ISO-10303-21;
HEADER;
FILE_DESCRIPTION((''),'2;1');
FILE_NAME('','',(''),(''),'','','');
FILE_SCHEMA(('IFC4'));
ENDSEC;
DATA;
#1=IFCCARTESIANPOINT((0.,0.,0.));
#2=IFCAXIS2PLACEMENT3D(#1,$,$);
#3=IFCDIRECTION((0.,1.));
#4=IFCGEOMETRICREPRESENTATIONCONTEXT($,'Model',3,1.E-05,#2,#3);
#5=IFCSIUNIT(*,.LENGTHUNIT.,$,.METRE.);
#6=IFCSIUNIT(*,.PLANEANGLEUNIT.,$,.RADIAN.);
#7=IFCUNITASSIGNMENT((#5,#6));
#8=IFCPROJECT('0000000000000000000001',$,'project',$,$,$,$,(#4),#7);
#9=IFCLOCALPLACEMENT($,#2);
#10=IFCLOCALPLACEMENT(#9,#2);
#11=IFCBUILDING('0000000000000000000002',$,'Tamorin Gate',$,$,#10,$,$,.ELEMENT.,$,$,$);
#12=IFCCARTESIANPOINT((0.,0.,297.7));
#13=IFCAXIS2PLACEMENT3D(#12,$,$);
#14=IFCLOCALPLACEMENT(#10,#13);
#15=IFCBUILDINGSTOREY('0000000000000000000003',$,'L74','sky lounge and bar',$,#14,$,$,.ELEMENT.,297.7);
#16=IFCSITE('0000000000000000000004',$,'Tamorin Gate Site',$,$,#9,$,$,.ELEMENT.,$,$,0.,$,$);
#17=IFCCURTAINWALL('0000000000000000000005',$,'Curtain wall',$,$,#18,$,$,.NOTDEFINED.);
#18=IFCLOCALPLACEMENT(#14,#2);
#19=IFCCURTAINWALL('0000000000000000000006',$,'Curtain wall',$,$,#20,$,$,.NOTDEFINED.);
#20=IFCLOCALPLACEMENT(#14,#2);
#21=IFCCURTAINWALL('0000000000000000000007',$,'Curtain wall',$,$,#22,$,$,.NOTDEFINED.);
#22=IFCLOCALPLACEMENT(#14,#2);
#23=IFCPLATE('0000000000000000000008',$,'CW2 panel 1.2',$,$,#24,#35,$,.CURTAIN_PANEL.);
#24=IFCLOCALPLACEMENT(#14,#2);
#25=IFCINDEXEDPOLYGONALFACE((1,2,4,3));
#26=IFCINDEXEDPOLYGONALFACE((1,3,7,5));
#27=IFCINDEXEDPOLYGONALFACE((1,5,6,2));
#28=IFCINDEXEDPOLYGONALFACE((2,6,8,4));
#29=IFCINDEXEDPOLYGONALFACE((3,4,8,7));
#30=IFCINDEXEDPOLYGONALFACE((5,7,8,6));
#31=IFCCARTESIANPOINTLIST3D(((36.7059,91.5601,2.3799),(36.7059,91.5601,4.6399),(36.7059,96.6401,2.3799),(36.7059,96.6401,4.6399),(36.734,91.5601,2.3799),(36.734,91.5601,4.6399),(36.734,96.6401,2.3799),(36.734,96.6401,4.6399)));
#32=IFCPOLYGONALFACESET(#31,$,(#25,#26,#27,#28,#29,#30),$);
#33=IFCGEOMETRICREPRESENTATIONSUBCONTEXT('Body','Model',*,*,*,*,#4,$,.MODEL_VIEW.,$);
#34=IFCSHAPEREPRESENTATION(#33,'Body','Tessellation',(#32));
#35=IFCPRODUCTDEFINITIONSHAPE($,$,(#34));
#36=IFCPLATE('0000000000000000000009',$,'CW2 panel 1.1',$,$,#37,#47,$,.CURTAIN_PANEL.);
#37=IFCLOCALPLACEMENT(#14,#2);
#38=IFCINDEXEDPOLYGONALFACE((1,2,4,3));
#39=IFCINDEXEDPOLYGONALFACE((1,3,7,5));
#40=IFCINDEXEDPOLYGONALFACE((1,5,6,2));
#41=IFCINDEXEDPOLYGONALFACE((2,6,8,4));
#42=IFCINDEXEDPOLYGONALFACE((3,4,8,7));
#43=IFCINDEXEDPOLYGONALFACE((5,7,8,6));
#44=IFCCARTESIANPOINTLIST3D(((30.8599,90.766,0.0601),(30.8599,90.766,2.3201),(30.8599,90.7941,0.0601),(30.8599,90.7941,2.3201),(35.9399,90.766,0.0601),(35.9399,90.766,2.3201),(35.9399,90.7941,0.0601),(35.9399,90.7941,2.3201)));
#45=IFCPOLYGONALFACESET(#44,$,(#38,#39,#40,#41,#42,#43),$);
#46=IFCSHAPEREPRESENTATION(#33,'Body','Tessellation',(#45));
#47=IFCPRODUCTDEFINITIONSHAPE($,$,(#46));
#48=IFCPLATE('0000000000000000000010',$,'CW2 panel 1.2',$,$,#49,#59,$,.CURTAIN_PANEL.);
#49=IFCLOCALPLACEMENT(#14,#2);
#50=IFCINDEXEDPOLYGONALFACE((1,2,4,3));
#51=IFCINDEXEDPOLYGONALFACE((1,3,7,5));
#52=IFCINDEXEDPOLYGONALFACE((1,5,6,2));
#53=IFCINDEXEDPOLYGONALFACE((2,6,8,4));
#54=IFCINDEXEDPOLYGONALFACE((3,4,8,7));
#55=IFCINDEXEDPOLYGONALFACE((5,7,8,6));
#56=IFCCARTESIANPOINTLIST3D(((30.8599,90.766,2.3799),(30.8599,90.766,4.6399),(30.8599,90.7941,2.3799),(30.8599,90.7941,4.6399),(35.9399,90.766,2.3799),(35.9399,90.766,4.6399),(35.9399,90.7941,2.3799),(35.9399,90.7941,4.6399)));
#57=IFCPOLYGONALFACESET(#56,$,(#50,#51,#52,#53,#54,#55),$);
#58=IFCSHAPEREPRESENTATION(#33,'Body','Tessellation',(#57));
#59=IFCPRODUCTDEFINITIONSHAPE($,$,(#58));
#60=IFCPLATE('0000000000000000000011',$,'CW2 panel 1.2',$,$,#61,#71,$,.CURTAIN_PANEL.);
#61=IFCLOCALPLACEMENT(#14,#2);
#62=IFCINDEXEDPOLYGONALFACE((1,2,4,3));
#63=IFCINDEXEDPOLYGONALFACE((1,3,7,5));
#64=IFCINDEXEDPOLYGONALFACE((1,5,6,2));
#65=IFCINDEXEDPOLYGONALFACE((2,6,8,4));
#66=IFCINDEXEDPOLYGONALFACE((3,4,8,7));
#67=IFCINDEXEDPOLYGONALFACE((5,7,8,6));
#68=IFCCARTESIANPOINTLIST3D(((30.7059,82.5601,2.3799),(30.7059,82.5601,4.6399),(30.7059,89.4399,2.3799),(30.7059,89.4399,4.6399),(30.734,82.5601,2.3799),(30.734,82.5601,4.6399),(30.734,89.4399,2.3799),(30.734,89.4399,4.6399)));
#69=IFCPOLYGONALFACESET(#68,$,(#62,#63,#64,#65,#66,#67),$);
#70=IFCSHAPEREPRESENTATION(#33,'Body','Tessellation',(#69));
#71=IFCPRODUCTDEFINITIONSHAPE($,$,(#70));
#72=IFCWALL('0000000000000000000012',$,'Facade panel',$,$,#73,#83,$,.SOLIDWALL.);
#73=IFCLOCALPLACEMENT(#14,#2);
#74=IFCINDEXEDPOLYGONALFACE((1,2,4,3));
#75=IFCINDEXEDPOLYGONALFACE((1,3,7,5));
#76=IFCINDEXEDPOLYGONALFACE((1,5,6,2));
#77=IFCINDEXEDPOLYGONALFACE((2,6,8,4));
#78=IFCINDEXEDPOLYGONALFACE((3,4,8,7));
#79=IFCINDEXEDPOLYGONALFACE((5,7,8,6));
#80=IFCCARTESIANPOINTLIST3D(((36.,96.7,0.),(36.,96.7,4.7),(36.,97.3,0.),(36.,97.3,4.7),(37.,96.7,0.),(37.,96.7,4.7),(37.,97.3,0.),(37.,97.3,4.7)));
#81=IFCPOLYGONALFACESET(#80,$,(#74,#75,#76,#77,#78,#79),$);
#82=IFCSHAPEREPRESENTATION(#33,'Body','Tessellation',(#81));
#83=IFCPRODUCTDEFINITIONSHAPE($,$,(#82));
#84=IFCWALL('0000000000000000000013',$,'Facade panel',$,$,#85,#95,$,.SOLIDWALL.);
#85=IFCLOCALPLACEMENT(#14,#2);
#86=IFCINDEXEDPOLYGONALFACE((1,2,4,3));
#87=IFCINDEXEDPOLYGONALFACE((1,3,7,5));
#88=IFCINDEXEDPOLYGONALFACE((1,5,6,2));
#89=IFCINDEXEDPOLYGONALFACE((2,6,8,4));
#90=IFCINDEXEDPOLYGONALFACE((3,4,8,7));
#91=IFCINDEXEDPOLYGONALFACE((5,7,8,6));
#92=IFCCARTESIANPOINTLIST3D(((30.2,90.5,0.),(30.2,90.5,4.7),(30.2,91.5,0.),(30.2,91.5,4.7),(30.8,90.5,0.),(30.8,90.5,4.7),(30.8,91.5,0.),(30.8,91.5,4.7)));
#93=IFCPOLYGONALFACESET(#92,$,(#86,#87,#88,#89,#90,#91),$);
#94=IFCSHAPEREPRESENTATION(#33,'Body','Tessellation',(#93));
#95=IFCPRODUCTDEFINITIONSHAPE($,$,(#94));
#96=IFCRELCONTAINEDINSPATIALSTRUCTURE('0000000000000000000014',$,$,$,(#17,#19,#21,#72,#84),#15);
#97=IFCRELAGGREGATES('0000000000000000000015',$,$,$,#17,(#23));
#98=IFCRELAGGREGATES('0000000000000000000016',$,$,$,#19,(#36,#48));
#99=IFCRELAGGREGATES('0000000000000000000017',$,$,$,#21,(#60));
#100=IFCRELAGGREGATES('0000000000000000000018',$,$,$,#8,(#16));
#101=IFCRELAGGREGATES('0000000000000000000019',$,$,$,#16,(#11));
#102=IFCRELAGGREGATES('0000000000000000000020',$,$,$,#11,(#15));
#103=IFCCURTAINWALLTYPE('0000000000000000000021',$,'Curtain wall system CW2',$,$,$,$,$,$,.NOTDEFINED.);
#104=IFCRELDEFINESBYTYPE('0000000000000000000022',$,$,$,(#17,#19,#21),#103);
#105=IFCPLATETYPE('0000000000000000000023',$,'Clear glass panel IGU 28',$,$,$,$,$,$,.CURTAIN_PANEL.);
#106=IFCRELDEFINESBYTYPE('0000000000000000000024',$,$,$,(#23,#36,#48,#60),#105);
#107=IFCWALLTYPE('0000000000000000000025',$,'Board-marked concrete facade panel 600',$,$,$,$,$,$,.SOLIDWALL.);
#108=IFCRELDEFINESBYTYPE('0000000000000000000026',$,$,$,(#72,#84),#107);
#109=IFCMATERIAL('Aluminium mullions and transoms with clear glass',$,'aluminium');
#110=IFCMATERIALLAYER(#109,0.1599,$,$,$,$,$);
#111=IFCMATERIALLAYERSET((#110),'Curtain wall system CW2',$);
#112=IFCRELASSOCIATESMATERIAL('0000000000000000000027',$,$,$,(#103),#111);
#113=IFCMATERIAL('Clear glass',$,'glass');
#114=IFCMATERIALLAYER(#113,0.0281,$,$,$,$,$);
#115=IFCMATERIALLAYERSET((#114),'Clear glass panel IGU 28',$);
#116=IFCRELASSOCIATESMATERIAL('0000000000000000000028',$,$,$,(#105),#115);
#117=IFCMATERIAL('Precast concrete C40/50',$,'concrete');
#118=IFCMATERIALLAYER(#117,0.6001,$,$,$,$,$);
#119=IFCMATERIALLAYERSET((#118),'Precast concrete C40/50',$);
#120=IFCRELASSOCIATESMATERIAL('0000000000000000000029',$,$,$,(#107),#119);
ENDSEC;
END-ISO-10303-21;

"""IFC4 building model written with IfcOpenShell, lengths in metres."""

from ifc_helpers import new_model, si_unit, direction, frame, frame_2d, origin, origin_2d, place, context, subcontext, project, spatial, rectangle, extrude, material, layer, layer_set, type_object, element, aggregate, save


model = new_model("IFC4")

# Units and contexts
model_context = context("Model", 3, precision=1e-05, world=origin(), true_north=direction((0.0, 1.0)))
body_context = subcontext(model_context, "Body", "Model", "MODEL_VIEW")
ifc_project = project(units=[si_unit("LENGTHUNIT", "METRE"), si_unit("PLANEANGLEUNIT", "RADIAN")], contexts=[model_context])

# Site, building, storey
site_placement = place(None, origin())
site = spatial("IfcSite", under=ifc_project, at=site_placement, Name="Tamorin Gate Site", CompositionType="ELEMENT", RefElevation=0.0)
building_placement = place(site_placement, origin())
building = spatial("IfcBuilding", under=site, at=building_placement, Name="Tamorin Gate", CompositionType="ELEMENT")
storey_placement = place(building_placement, frame((0.0, 0.0, 297.7)))
storey = spatial("IfcBuildingStorey", under=building, at=storey_placement, Name="L74", Description="sky lounge and bar", CompositionType="ELEMENT", Elevation=297.7)

# Shared definitions
ifc_material_1 = material(Name="Aluminium mullions and transoms with clear glass", Category="aluminium")
ifc_layer_1 = layer(ifc_material_1, 0.1599)
ifc_layer_set_1 = layer_set([ifc_layer_1], Name="Curtain wall system CW2")
curtain_wall_type = type_object("IfcCurtainWallType", Name="Curtain wall system CW2", PredefinedType="NOTDEFINED", material=ifc_layer_set_1)

# Curtain walls
curtain_wall_1_placement = place(storey_placement, origin())
curtain_wall_1 = element("IfcCurtainWall", 1, at=curtain_wall_1_placement, inside=storey, type_object=curtain_wall_type, Name="Curtain wall", PredefinedType="NOTDEFINED")
curtain_wall_2_placement = place(storey_placement, origin())
curtain_wall_2 = element("IfcCurtainWall", 2, at=curtain_wall_2_placement, inside=storey, type_object=curtain_wall_type, Name="Curtain wall", PredefinedType="NOTDEFINED")

# Curtain wall
curtain_wall_3_placement = place(storey_placement, origin())
curtain_wall_3 = element("IfcCurtainWall", 3, at=curtain_wall_3_placement, inside=storey, type_object=curtain_wall_type, Name="Curtain wall", PredefinedType="NOTDEFINED")

# Plates
ifc_material_2 = material(Name="Clear glass", Category="glass")
ifc_layer_2 = layer(ifc_material_2, 0.0281)
ifc_layer_set_2 = layer_set([ifc_layer_2], Name="Clear glass panel IGU 28")
plate_type = type_object("IfcPlateType", Name="Clear glass panel IGU 28", PredefinedType="CURTAIN_PANEL", material=ifc_layer_set_2)
plate_1_placement = place(storey_placement, frame((36.72, 94.1001, 2.3799), z_axis=(0.0, 0.0, 1.0), x_axis=(0.0, -1.0, 0.0)))
plate_1 = element("IfcPlate", 4, at=plate_1_placement, type_object=plate_type, Name="CW2 panel 1.2", PredefinedType="CURTAIN_PANEL", context=body_context, shape_type="SweptSolid", body=[
    extrude(rectangle(XDim=5.0801, YDim=0.0281, at=origin_2d()), origin(), (0.0, 0.0, 1.0), 2.26),
])
aggregate(curtain_wall_1, [plate_1])
plate_2_placement = place(storey_placement, frame((33.3999, 90.78, 0.0601), z_axis=(0.0, 0.0, 1.0), x_axis=(-1.0, 0.0, 0.0)))
plate_2 = element("IfcPlate", 5, at=plate_2_placement, type_object=plate_type, Name="CW2 panel 1.1", PredefinedType="CURTAIN_PANEL", context=body_context, shape_type="SweptSolid", body=[
    extrude(rectangle(XDim=5.0801, YDim=0.0281, at=origin_2d()), origin(), (0.0, 0.0, 1.0), 2.26),
])
plate_3_placement = place(storey_placement, frame((33.3999, 90.78, 2.3799), z_axis=(0.0, 0.0, 1.0), x_axis=(-1.0, 0.0, 0.0)))
plate_3 = element("IfcPlate", 6, at=plate_3_placement, type_object=plate_type, Name="CW2 panel 1.2", PredefinedType="CURTAIN_PANEL", context=body_context, shape_type="SweptSolid", body=[
    extrude(rectangle(XDim=5.0801, YDim=0.0281, at=origin_2d()), origin(), (0.0, 0.0, 1.0), 2.26),
])
aggregate(curtain_wall_2, [plate_2, plate_3])
plate_4_placement = place(storey_placement, frame((30.72, 86.0, 2.3799), z_axis=(0.0, 0.0, 1.0), x_axis=(0.0, -1.0, 0.0)))
plate_4 = element("IfcPlate", 7, at=plate_4_placement, type_object=plate_type, Name="CW2 panel 1.2", PredefinedType="CURTAIN_PANEL", context=body_context, shape_type="SweptSolid", body=[
    extrude(rectangle(XDim=6.8799, YDim=0.0281, at=origin_2d()), origin(), (0.0, 0.0, 1.0), 2.26),
])
aggregate(curtain_wall_3, [plate_4])

# Walls
ifc_material_3 = material(Name="Precast concrete C40/50", Category="concrete")
ifc_layer_3 = layer(ifc_material_3, 0.6001)
ifc_layer_set_3 = layer_set([ifc_layer_3], Name="Precast concrete C40/50")
wall_type = type_object("IfcWallType", Name="Board-marked concrete facade panel 600", PredefinedType="SOLIDWALL", material=ifc_layer_set_3)
for number, where, z_axis, x_axis, name in (
    (8, (37.0, 97.0, 0.0), (0.0, 0.0, 1.0), (-1.0, 0.0, 0.0), "Facade panel"),
    (9, (30.5, 91.5, 0.0), (0.0, 0.0, 1.0), (0.0, -1.0, 0.0), "Facade panel"),
):
    element("IfcWall", number, at=place(storey_placement, frame(where, z_axis=z_axis, x_axis=x_axis)), inside=storey, type_object=wall_type, Name=name, PredefinedType="SOLIDWALL", context=body_context, shape_type="SweptSolid", body=[
        extrude(rectangle(XDim=1.0, YDim=0.6001, at=frame_2d((0.5, 0.0))), origin(), (0.0, 0.0, 1.0), 4.7),
    ])

save(model, "model.ifc")
